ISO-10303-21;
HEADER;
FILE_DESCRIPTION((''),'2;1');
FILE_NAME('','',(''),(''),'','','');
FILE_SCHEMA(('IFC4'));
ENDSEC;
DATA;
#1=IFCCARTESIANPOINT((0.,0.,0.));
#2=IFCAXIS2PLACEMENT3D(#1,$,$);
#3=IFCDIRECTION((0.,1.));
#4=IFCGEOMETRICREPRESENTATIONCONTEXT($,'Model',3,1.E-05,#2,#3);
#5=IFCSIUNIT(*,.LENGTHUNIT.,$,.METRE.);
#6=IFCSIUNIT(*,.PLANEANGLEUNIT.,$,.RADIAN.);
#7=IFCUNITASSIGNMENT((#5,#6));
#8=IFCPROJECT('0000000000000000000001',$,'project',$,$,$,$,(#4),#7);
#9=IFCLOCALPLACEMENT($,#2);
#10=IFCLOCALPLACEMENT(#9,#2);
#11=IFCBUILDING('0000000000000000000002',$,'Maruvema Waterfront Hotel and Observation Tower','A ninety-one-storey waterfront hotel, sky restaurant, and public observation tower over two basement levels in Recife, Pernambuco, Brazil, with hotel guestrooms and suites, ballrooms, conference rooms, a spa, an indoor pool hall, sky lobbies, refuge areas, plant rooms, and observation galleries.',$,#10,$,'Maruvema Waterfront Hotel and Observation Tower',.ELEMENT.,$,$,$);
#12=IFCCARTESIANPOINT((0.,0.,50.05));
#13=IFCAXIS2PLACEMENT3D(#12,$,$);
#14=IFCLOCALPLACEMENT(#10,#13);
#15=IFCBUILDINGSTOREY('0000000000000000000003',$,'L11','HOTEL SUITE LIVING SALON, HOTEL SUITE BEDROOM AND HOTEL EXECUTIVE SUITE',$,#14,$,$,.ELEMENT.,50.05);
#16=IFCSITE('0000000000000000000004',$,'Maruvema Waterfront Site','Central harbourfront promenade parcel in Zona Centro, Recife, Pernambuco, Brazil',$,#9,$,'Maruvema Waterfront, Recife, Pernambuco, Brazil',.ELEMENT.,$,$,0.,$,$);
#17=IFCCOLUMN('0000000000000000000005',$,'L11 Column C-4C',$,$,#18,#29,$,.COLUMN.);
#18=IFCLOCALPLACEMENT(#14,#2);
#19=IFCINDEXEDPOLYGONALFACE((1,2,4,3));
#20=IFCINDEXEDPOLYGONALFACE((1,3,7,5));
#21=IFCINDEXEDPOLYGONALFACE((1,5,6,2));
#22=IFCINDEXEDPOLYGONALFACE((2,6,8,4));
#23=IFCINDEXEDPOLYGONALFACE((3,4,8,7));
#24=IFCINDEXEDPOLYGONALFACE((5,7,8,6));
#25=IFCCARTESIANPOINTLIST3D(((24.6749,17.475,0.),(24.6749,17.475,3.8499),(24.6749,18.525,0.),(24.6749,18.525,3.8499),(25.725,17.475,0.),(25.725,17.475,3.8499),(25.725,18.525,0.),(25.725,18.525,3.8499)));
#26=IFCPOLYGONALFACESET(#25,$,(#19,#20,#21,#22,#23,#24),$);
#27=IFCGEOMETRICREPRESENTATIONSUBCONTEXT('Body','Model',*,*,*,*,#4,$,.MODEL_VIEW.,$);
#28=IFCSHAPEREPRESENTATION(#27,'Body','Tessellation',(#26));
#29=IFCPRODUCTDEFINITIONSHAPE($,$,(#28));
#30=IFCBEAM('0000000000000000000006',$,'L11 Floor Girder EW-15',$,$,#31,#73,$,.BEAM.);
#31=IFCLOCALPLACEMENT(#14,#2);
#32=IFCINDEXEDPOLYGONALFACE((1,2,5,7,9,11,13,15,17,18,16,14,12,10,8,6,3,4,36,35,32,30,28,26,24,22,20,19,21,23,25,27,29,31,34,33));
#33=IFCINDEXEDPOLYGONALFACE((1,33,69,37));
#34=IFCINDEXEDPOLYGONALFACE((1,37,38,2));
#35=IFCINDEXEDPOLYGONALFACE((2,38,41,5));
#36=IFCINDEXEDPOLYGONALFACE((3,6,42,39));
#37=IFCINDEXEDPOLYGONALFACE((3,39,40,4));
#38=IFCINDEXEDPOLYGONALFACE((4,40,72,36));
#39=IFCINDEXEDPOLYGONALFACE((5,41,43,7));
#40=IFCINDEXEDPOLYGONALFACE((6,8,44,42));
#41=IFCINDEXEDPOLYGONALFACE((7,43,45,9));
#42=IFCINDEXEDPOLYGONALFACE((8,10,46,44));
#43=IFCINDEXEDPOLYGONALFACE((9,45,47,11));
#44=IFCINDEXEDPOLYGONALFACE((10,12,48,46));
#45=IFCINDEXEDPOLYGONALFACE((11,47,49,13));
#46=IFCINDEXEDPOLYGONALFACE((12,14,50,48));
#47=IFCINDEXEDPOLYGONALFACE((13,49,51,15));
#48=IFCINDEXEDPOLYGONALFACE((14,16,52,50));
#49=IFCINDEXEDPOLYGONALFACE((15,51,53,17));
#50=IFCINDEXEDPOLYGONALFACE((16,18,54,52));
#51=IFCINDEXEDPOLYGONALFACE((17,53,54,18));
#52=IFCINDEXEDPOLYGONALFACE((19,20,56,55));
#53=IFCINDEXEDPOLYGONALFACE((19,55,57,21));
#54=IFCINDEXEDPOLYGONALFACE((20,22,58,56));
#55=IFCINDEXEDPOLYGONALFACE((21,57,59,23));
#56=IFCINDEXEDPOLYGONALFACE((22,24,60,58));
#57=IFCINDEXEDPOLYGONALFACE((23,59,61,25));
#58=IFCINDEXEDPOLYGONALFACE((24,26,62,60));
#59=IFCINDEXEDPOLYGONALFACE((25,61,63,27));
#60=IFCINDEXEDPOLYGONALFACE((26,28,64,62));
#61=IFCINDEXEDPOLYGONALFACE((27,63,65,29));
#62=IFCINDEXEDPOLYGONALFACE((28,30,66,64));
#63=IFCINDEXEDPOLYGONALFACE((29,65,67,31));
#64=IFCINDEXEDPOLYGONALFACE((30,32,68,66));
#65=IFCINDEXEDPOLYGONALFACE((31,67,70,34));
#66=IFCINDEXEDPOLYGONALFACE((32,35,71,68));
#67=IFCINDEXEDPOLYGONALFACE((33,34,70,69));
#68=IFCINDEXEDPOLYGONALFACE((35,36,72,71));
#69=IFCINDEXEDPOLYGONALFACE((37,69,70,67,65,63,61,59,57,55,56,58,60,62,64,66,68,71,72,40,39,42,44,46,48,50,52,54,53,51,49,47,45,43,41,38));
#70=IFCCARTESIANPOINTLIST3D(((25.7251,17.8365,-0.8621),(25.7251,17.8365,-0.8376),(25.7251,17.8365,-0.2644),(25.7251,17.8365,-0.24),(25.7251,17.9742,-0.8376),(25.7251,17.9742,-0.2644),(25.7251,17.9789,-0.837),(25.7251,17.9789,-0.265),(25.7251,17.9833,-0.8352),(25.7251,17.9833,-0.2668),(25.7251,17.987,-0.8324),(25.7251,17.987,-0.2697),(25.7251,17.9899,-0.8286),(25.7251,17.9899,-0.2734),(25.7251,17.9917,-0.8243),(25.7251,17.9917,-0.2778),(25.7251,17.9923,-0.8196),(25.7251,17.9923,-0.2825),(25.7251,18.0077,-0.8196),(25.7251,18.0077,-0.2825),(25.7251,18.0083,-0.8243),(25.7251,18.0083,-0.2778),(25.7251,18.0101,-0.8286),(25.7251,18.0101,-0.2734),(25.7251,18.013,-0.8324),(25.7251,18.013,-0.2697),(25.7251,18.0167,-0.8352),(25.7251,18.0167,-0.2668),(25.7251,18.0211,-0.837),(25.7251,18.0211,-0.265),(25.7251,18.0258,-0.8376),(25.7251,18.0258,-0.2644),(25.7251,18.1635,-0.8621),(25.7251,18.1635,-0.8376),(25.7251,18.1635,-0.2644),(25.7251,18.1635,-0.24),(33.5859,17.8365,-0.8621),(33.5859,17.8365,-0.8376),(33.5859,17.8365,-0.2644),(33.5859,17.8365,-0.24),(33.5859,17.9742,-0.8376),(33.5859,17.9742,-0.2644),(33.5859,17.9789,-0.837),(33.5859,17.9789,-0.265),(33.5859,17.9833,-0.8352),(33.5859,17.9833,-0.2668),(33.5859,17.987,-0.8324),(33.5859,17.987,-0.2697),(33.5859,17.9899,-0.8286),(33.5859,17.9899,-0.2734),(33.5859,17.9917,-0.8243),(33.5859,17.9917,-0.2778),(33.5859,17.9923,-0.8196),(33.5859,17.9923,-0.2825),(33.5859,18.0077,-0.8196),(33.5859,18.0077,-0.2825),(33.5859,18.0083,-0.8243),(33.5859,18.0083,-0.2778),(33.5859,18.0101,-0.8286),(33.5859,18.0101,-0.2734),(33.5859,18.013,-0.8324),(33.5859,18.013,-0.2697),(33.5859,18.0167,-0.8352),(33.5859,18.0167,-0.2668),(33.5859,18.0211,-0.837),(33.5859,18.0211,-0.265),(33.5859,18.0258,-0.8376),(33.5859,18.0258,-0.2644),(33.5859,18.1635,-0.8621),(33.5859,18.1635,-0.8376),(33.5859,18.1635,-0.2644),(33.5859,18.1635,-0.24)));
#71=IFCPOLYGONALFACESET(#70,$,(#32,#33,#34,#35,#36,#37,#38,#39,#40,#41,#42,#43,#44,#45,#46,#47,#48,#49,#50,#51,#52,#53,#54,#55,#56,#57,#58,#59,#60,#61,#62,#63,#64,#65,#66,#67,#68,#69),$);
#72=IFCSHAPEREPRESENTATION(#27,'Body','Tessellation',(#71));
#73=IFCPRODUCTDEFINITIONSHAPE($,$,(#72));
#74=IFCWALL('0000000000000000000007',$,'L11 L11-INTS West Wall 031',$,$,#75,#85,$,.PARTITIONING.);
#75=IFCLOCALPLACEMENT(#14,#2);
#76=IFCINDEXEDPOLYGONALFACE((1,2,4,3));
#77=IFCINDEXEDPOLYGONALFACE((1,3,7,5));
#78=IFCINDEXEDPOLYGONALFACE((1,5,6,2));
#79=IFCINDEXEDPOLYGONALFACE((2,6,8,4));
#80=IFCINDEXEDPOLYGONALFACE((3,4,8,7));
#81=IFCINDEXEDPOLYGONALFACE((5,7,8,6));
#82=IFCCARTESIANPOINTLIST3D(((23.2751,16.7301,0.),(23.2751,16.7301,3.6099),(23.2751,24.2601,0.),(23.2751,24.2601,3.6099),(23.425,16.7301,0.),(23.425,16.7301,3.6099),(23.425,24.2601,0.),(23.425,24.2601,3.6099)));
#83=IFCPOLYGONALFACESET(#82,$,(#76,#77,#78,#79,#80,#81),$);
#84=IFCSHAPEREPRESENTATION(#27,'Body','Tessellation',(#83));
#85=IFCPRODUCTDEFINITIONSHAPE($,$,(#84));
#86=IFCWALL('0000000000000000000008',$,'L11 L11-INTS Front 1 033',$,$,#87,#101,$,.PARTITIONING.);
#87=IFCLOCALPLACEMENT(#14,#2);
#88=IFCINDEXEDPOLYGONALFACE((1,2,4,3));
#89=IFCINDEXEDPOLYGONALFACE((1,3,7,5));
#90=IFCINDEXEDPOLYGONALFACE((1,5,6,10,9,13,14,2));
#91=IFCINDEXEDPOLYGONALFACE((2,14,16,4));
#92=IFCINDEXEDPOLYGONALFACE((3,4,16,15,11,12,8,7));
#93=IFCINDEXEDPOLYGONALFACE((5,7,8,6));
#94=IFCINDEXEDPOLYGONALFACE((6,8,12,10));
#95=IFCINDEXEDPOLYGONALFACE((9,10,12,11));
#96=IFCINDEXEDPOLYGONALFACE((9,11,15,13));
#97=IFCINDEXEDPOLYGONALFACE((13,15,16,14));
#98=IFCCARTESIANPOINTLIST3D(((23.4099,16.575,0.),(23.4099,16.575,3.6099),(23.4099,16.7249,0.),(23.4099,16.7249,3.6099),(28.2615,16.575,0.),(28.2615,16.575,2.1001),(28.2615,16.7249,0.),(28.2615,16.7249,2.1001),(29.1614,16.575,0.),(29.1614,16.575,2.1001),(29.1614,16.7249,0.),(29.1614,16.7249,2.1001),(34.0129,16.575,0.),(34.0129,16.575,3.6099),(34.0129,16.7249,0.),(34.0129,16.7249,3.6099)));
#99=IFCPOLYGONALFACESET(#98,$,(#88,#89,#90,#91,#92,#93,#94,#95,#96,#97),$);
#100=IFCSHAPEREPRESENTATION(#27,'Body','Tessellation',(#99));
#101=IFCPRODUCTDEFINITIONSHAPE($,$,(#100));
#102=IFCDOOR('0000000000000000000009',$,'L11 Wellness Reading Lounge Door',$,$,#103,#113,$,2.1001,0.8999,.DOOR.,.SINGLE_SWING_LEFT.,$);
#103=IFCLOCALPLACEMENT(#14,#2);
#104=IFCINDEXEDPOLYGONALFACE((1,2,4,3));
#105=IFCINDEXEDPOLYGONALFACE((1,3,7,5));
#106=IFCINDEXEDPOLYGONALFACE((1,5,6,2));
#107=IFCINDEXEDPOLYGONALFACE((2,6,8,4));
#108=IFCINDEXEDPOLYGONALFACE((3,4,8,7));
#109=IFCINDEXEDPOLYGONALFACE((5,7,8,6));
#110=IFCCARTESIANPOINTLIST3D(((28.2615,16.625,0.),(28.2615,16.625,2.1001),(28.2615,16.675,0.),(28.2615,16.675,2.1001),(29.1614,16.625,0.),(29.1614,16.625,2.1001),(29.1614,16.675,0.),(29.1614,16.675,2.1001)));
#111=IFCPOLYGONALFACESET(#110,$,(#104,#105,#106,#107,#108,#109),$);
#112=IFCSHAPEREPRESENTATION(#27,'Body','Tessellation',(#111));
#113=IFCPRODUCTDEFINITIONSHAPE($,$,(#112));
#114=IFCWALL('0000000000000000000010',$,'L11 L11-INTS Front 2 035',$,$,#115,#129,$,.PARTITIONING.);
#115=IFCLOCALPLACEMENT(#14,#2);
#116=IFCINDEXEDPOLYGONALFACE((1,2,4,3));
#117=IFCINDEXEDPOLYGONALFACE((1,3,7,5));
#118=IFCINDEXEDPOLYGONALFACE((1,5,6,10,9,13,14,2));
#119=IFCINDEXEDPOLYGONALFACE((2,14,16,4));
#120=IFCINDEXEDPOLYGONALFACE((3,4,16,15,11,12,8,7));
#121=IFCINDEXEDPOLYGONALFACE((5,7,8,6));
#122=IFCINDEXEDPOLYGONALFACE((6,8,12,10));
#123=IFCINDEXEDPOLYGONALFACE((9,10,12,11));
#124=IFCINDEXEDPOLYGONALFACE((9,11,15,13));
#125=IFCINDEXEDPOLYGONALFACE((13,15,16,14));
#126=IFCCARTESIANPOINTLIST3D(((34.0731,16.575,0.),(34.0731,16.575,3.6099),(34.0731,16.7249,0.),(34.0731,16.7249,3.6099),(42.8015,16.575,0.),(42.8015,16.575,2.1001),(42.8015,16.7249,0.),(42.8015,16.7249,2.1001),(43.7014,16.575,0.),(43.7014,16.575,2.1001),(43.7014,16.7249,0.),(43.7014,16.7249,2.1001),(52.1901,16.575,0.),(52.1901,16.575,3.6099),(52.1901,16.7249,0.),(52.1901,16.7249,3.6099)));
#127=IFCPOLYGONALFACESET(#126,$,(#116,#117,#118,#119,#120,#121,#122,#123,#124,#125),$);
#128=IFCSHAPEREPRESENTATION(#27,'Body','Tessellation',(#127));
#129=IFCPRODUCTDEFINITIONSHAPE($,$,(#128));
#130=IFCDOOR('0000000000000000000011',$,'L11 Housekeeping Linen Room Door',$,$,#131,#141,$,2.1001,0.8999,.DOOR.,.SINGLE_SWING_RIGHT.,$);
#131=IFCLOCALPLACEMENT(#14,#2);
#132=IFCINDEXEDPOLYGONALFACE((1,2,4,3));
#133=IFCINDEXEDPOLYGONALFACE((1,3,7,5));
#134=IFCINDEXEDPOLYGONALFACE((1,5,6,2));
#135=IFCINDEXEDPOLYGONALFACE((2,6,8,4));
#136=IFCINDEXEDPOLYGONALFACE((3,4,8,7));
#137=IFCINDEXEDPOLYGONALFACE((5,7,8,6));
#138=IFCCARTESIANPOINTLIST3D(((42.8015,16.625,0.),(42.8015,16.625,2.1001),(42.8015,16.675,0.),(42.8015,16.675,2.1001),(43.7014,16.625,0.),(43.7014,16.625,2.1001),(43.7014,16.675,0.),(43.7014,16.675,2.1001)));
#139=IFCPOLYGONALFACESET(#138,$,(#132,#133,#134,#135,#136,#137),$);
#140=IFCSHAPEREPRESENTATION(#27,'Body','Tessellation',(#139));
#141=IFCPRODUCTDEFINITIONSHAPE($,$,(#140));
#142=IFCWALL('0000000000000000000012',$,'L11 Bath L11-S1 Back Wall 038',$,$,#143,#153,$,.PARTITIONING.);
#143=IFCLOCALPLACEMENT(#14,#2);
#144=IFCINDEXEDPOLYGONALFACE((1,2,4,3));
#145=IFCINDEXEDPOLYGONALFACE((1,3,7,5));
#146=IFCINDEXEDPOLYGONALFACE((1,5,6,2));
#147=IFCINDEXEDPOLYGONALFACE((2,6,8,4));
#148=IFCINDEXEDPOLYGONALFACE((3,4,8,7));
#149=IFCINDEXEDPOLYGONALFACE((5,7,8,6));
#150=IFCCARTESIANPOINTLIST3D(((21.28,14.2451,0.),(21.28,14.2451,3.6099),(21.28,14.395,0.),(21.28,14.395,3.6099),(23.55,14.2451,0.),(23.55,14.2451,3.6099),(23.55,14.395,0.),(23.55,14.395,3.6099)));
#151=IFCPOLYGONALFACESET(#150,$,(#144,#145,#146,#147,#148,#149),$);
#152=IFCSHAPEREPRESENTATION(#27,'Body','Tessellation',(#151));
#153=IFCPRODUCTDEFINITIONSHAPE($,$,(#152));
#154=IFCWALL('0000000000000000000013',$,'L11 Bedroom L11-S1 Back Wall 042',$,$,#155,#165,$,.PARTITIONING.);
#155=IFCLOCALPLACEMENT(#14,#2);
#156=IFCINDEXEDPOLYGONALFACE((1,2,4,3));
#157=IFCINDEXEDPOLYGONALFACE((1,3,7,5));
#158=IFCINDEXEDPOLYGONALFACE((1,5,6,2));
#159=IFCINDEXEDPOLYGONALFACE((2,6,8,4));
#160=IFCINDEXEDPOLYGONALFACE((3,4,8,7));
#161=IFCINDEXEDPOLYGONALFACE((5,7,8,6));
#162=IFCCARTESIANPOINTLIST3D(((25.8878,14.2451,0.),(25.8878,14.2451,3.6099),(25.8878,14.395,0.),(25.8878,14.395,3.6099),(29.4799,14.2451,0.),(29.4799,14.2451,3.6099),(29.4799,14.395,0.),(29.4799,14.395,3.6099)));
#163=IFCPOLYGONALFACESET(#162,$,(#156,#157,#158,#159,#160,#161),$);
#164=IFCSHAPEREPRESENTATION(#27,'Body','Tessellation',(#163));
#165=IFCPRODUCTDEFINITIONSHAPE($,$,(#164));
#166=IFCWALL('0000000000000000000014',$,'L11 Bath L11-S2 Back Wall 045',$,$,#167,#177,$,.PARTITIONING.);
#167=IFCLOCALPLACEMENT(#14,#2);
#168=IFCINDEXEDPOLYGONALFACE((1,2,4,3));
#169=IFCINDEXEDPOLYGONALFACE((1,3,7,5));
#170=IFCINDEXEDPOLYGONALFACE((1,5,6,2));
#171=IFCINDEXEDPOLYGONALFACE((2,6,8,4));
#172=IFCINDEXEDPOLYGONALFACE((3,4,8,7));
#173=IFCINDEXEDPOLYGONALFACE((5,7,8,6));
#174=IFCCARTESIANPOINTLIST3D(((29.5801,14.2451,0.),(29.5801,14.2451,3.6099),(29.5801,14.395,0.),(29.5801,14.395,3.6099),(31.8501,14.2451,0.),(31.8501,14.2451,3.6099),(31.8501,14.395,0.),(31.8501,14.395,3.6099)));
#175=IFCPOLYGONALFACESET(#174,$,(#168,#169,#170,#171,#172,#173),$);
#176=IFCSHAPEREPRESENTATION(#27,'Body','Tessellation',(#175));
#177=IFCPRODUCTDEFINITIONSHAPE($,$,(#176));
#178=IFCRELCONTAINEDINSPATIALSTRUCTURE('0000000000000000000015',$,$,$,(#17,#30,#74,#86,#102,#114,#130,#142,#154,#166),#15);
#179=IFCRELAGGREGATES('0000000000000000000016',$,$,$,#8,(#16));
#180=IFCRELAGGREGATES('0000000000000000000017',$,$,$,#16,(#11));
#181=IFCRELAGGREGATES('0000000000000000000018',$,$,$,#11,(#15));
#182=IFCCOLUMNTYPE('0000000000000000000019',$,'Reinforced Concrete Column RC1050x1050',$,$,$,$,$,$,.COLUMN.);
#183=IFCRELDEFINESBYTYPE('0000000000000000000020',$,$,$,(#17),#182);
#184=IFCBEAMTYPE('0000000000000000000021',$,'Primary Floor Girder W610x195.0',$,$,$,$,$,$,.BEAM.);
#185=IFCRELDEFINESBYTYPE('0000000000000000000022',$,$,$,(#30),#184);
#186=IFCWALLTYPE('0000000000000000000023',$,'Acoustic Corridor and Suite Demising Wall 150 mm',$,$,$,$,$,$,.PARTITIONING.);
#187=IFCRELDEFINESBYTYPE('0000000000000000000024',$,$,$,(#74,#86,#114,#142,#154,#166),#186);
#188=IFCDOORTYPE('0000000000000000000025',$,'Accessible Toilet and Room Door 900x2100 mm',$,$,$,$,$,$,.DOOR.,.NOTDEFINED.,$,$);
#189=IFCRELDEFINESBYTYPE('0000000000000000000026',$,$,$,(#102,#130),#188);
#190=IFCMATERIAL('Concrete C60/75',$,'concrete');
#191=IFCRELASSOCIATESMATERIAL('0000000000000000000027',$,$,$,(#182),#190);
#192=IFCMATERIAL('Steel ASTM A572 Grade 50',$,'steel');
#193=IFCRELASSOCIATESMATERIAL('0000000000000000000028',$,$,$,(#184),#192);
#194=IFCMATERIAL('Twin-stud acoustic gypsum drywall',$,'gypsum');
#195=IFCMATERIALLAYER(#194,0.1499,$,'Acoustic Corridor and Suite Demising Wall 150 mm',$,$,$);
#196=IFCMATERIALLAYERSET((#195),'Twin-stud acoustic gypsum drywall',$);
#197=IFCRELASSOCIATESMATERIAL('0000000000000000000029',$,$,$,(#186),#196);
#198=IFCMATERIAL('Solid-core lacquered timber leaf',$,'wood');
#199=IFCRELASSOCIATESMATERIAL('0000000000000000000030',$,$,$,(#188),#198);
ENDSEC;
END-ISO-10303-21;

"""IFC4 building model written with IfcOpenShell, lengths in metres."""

from ifc_helpers import new_model, si_unit, direction, frame, frame_2d, origin, origin_2d, place, context, subcontext, project, spatial, rectangle, i_section, extrude, material, layer, layer_set, material_profile, profile_set, type_object, element, fill, save


model = new_model("IFC4")

# Units and contexts
model_context = context("Model", 3, precision=1e-05, world=origin(), true_north=direction((0.0, 1.0)))
body_context = subcontext(model_context, "Body", "Model", "MODEL_VIEW")
ifc_project = project(units=[si_unit("LENGTHUNIT", "METRE"), si_unit("PLANEANGLEUNIT", "RADIAN")], contexts=[model_context])

# Site, building, storey
site_placement = place(None, origin())
site = spatial("IfcSite", under=ifc_project, at=site_placement, Name="Maruvema Waterfront Site", Description="Central harbourfront promenade parcel in Zona Centro, Recife, Pernambuco, Brazil", LongName="Maruvema Waterfront, Recife, Pernambuco, Brazil", CompositionType="ELEMENT", RefElevation=0.0)
building_placement = place(site_placement, origin())
building = spatial("IfcBuilding", under=site, at=building_placement, Name="Maruvema Waterfront Hotel and Observation Tower", Description="A ninety-one-storey waterfront hotel, sky restaurant, and public observation tower over two basement levels in Recife, Pernambuco, Brazil, with hotel guestrooms and suites, ballrooms, conference rooms, a spa, an indoor pool hall, sky lobbies, refuge areas, plant rooms, and observation galleries.", LongName="Maruvema Waterfront Hotel and Observation Tower", CompositionType="ELEMENT")
storey_placement = place(building_placement, frame((0.0, 0.0, 50.05)))
storey = spatial("IfcBuildingStorey", under=building, at=storey_placement, Name="L11", Description="HOTEL SUITE LIVING SALON, HOTEL SUITE BEDROOM AND HOTEL EXECUTIVE SUITE", CompositionType="ELEMENT", Elevation=50.05)

# Column
ifc_material_1 = material(Name="Concrete C60/75", Category="concrete")
ifc_material_profile_1 = material_profile(ifc_material_1, rectangle(XDim=1.05, YDim=1.05, at=origin_2d()), Name="RC1050x1050")
ifc_profile_set_1 = profile_set([ifc_material_profile_1], Name="Concrete C60/75")
column_type = type_object("IfcColumnType", Name="Reinforced Concrete Column RC1050x1050", PredefinedType="COLUMN", material=ifc_profile_set_1)
column_placement = place(storey_placement, frame((25.2, 18.0, 0.0), z_axis=(0.0, 0.0, 1.0), x_axis=(1.0, 0.0, 0.0)))
element("IfcColumn", 1, at=column_placement, inside=storey, type_object=column_type, Name="L11 Column C-4C", PredefinedType="COLUMN", context=body_context, shape_type="SweptSolid", body=[
    extrude(rectangle(XDim=1.05, YDim=1.05, at=origin_2d()), origin(), (0.0, 0.0, 1.0), 3.8499),
])

# Beam
ifc_material_2 = material(Name="Steel ASTM A572 Grade 50", Category="steel")
ifc_material_profile_2 = material_profile(ifc_material_2, i_section(OverallWidth=0.3269, OverallDepth=0.6221, WebThickness=0.0154, FlangeThickness=0.0244, FilletRadius=0.0181, at=origin_2d()), Name="W610x195.0")
ifc_profile_set_2 = profile_set([ifc_material_profile_2], Name="Steel ASTM A572 Grade 50")
beam_type = type_object("IfcBeamType", Name="Primary Floor Girder W610x195.0", PredefinedType="BEAM", material=ifc_profile_set_2)
beam_placement = place(storey_placement, frame((25.7251, 18.0, -0.551), z_axis=(1.0, 0.0, 0.0), x_axis=(0.0, 1.0, 0.0)))
element("IfcBeam", 2, at=beam_placement, inside=storey, type_object=beam_type, Name="L11 Floor Girder EW-15", PredefinedType="BEAM", context=body_context, shape_type="SweptSolid", body=[
    extrude(i_section(OverallWidth=0.3269, OverallDepth=0.6221, WebThickness=0.0154, FlangeThickness=0.0244, FilletRadius=0.0181, at=origin_2d()), origin(), (0.0, 0.0, 1.0), 7.8608),
])

# Wall
ifc_material_3 = material(Name="Twin-stud acoustic gypsum drywall", Category="gypsum")
ifc_layer_1 = layer(ifc_material_3, 0.1499, Name="Acoustic Corridor and Suite Demising Wall 150 mm")
ifc_layer_set_1 = layer_set([ifc_layer_1], Name="Twin-stud acoustic gypsum drywall")
wall_type_1 = type_object("IfcWallType", Name="Acoustic Corridor and Suite Demising Wall 150 mm", PredefinedType="PARTITIONING", material=ifc_layer_set_1)
wall_1_placement = place(storey_placement, frame((23.3501, 16.73, 0.0), z_axis=(0.0, 0.0, 1.0), x_axis=(0.0, 1.0, 0.0)))
element("IfcWall", 3, at=wall_1_placement, inside=storey, type_object=wall_type_1, Name="L11 L11-INTS West Wall 031", PredefinedType="PARTITIONING", context=body_context, shape_type="SweptSolid", body=[
    extrude(rectangle(XDim=7.53, YDim=0.1499, at=frame_2d((3.7651, 0.0))), origin(), (0.0, 0.0, 1.0), 3.6099),
])

# Walls, openings, doors
wall_2_placement = place(storey_placement, frame((23.4099, 16.6499, 0.0), z_axis=(0.0, 0.0, 1.0), x_axis=(1.0, 0.0, 0.0)))
wall_2 = element("IfcWall", 4, at=wall_2_placement, inside=storey, type_object=wall_type_1, Name="L11 L11-INTS Front 1 033", PredefinedType="PARTITIONING", context=body_context, shape_type="SweptSolid", body=[
    extrude(rectangle(XDim=10.603, YDim=0.1499, at=frame_2d((5.3015, 0.0))), origin(), (0.0, 0.0, 1.0), 3.6099),
])
opening_1_placement = place(wall_2_placement, frame((4.8516, 0.0, 0.0)))
opening_1 = element("IfcOpeningElement", 5, at=opening_1_placement, cuts=wall_2, PredefinedType="OPENING", context=body_context, shape_type="SweptSolid", body=[
    extrude(rectangle(XDim=0.8999, YDim=2.1001, at=frame_2d((0.45, 1.05))), frame((0.0, 0.085, 0.0), z_axis=(0.0, -1.0, 0.0), x_axis=(1.0, 0.0, 0.0)), (0.0, 0.0, 1.0), 0.1699),
])
ifc_material_4 = material(Name="Solid-core lacquered timber leaf", Category="wood")
door_type_1 = type_object("IfcDoorType", Name="Accessible Toilet and Room Door 900x2100 mm", OperationType="NOTDEFINED", PredefinedType="DOOR", material=ifc_material_4)
door_1_placement = place(opening_1_placement, frame((0.8999, 0.0, 0.0), z_axis=(0.0, 0.0, 1.0), x_axis=(-1.0, 0.0, 0.0)))
door_1 = element("IfcDoor", 6, at=door_1_placement, inside=storey, type_object=door_type_1, Name="L11 Wellness Reading Lounge Door", OperationType="SINGLE_SWING_LEFT", OverallHeight=2.1001, OverallWidth=0.8999, PredefinedType="DOOR", context=body_context, shape_type="SweptSolid", body=[
    extrude(rectangle(XDim=0.8999, YDim=2.1001, at=frame_2d((0.45, 1.05))), frame((0.0, 0.0249, 0.0), z_axis=(0.0, -1.0, 0.0), x_axis=(1.0, 0.0, 0.0)), (0.0, 0.0, 1.0), 0.05),
])
fill(opening_1, door_1)
wall_3_placement = place(storey_placement, frame((34.073, 16.6499, 0.0), z_axis=(0.0, 0.0, 1.0), x_axis=(1.0, 0.0, 0.0)))
wall_3 = element("IfcWall", 7, at=wall_3_placement, inside=storey, type_object=wall_type_1, Name="L11 L11-INTS Front 2 035", PredefinedType="PARTITIONING", context=body_context, shape_type="SweptSolid", body=[
    extrude(rectangle(XDim=18.1169, YDim=0.1499, at=frame_2d((9.0586, 0.0))), origin(), (0.0, 0.0, 1.0), 3.6099),
])
opening_2_placement = place(wall_3_placement, frame((8.7285, 0.0, 0.0)))
opening_2 = element("IfcOpeningElement", 8, at=opening_2_placement, cuts=wall_3, PredefinedType="OPENING", context=body_context, shape_type="SweptSolid", body=[
    extrude(rectangle(XDim=0.8999, YDim=2.1001, at=frame_2d((0.45, 1.05))), frame((0.0, 0.085, 0.0), z_axis=(0.0, -1.0, 0.0), x_axis=(1.0, 0.0, 0.0)), (0.0, 0.0, 1.0), 0.1699),
])
door_2_placement = place(opening_2_placement, frame((0.8999, 0.0, 0.0), z_axis=(0.0, 0.0, 1.0), x_axis=(-1.0, 0.0, 0.0)))
door_2 = element("IfcDoor", 9, at=door_2_placement, inside=storey, type_object=door_type_1, Name="L11 Housekeeping Linen Room Door", OperationType="SINGLE_SWING_RIGHT", OverallHeight=2.1001, OverallWidth=0.8999, PredefinedType="DOOR", context=body_context, shape_type="SweptSolid", body=[
    extrude(rectangle(XDim=0.8999, YDim=2.1001, at=frame_2d((0.45, 1.05))), frame((0.0, 0.0249, 0.0), z_axis=(0.0, -1.0, 0.0), x_axis=(1.0, 0.0, 0.0)), (0.0, 0.0, 1.0), 0.05),
])
fill(opening_2, door_2)

# Wall
wall_4_placement = place(storey_placement, frame((21.28, 14.3201, 0.0), z_axis=(0.0, 0.0, 1.0), x_axis=(1.0, 0.0, 0.0)))
element("IfcWall", 10, at=wall_4_placement, inside=storey, type_object=wall_type_1, Name="L11 Bath L11-S1 Back Wall 038", PredefinedType="PARTITIONING", context=body_context, shape_type="SweptSolid", body=[
    extrude(rectangle(XDim=2.27, YDim=0.1499, at=frame_2d((1.135, 0.0))), origin(), (0.0, 0.0, 1.0), 3.6099),
])

# Walls
wall_5_placement = place(storey_placement, frame((25.8879, 14.3201, 0.0), z_axis=(0.0, 0.0, 1.0), x_axis=(1.0, 0.0, 0.0)))
element("IfcWall", 11, at=wall_5_placement, inside=storey, type_object=wall_type_1, Name="L11 Bedroom L11-S1 Back Wall 042", PredefinedType="PARTITIONING", context=body_context, shape_type="SweptSolid", body=[
    extrude(rectangle(XDim=3.592, YDim=0.1499, at=frame_2d((1.7959, 0.0))), origin(), (0.0, 0.0, 1.0), 3.6099),
])
wall_6_placement = place(storey_placement, frame((29.5801, 14.3201, 0.0), z_axis=(0.0, 0.0, 1.0), x_axis=(1.0, 0.0, 0.0)))
element("IfcWall", 12, at=wall_6_placement, inside=storey, type_object=wall_type_1, Name="L11 Bath L11-S2 Back Wall 045", PredefinedType="PARTITIONING", context=body_context, shape_type="SweptSolid", body=[
    extrude(rectangle(XDim=2.27, YDim=0.1499, at=frame_2d((1.135, 0.0))), origin(), (0.0, 0.0, 1.0), 3.6099),
])

save(model, "model.ifc")
